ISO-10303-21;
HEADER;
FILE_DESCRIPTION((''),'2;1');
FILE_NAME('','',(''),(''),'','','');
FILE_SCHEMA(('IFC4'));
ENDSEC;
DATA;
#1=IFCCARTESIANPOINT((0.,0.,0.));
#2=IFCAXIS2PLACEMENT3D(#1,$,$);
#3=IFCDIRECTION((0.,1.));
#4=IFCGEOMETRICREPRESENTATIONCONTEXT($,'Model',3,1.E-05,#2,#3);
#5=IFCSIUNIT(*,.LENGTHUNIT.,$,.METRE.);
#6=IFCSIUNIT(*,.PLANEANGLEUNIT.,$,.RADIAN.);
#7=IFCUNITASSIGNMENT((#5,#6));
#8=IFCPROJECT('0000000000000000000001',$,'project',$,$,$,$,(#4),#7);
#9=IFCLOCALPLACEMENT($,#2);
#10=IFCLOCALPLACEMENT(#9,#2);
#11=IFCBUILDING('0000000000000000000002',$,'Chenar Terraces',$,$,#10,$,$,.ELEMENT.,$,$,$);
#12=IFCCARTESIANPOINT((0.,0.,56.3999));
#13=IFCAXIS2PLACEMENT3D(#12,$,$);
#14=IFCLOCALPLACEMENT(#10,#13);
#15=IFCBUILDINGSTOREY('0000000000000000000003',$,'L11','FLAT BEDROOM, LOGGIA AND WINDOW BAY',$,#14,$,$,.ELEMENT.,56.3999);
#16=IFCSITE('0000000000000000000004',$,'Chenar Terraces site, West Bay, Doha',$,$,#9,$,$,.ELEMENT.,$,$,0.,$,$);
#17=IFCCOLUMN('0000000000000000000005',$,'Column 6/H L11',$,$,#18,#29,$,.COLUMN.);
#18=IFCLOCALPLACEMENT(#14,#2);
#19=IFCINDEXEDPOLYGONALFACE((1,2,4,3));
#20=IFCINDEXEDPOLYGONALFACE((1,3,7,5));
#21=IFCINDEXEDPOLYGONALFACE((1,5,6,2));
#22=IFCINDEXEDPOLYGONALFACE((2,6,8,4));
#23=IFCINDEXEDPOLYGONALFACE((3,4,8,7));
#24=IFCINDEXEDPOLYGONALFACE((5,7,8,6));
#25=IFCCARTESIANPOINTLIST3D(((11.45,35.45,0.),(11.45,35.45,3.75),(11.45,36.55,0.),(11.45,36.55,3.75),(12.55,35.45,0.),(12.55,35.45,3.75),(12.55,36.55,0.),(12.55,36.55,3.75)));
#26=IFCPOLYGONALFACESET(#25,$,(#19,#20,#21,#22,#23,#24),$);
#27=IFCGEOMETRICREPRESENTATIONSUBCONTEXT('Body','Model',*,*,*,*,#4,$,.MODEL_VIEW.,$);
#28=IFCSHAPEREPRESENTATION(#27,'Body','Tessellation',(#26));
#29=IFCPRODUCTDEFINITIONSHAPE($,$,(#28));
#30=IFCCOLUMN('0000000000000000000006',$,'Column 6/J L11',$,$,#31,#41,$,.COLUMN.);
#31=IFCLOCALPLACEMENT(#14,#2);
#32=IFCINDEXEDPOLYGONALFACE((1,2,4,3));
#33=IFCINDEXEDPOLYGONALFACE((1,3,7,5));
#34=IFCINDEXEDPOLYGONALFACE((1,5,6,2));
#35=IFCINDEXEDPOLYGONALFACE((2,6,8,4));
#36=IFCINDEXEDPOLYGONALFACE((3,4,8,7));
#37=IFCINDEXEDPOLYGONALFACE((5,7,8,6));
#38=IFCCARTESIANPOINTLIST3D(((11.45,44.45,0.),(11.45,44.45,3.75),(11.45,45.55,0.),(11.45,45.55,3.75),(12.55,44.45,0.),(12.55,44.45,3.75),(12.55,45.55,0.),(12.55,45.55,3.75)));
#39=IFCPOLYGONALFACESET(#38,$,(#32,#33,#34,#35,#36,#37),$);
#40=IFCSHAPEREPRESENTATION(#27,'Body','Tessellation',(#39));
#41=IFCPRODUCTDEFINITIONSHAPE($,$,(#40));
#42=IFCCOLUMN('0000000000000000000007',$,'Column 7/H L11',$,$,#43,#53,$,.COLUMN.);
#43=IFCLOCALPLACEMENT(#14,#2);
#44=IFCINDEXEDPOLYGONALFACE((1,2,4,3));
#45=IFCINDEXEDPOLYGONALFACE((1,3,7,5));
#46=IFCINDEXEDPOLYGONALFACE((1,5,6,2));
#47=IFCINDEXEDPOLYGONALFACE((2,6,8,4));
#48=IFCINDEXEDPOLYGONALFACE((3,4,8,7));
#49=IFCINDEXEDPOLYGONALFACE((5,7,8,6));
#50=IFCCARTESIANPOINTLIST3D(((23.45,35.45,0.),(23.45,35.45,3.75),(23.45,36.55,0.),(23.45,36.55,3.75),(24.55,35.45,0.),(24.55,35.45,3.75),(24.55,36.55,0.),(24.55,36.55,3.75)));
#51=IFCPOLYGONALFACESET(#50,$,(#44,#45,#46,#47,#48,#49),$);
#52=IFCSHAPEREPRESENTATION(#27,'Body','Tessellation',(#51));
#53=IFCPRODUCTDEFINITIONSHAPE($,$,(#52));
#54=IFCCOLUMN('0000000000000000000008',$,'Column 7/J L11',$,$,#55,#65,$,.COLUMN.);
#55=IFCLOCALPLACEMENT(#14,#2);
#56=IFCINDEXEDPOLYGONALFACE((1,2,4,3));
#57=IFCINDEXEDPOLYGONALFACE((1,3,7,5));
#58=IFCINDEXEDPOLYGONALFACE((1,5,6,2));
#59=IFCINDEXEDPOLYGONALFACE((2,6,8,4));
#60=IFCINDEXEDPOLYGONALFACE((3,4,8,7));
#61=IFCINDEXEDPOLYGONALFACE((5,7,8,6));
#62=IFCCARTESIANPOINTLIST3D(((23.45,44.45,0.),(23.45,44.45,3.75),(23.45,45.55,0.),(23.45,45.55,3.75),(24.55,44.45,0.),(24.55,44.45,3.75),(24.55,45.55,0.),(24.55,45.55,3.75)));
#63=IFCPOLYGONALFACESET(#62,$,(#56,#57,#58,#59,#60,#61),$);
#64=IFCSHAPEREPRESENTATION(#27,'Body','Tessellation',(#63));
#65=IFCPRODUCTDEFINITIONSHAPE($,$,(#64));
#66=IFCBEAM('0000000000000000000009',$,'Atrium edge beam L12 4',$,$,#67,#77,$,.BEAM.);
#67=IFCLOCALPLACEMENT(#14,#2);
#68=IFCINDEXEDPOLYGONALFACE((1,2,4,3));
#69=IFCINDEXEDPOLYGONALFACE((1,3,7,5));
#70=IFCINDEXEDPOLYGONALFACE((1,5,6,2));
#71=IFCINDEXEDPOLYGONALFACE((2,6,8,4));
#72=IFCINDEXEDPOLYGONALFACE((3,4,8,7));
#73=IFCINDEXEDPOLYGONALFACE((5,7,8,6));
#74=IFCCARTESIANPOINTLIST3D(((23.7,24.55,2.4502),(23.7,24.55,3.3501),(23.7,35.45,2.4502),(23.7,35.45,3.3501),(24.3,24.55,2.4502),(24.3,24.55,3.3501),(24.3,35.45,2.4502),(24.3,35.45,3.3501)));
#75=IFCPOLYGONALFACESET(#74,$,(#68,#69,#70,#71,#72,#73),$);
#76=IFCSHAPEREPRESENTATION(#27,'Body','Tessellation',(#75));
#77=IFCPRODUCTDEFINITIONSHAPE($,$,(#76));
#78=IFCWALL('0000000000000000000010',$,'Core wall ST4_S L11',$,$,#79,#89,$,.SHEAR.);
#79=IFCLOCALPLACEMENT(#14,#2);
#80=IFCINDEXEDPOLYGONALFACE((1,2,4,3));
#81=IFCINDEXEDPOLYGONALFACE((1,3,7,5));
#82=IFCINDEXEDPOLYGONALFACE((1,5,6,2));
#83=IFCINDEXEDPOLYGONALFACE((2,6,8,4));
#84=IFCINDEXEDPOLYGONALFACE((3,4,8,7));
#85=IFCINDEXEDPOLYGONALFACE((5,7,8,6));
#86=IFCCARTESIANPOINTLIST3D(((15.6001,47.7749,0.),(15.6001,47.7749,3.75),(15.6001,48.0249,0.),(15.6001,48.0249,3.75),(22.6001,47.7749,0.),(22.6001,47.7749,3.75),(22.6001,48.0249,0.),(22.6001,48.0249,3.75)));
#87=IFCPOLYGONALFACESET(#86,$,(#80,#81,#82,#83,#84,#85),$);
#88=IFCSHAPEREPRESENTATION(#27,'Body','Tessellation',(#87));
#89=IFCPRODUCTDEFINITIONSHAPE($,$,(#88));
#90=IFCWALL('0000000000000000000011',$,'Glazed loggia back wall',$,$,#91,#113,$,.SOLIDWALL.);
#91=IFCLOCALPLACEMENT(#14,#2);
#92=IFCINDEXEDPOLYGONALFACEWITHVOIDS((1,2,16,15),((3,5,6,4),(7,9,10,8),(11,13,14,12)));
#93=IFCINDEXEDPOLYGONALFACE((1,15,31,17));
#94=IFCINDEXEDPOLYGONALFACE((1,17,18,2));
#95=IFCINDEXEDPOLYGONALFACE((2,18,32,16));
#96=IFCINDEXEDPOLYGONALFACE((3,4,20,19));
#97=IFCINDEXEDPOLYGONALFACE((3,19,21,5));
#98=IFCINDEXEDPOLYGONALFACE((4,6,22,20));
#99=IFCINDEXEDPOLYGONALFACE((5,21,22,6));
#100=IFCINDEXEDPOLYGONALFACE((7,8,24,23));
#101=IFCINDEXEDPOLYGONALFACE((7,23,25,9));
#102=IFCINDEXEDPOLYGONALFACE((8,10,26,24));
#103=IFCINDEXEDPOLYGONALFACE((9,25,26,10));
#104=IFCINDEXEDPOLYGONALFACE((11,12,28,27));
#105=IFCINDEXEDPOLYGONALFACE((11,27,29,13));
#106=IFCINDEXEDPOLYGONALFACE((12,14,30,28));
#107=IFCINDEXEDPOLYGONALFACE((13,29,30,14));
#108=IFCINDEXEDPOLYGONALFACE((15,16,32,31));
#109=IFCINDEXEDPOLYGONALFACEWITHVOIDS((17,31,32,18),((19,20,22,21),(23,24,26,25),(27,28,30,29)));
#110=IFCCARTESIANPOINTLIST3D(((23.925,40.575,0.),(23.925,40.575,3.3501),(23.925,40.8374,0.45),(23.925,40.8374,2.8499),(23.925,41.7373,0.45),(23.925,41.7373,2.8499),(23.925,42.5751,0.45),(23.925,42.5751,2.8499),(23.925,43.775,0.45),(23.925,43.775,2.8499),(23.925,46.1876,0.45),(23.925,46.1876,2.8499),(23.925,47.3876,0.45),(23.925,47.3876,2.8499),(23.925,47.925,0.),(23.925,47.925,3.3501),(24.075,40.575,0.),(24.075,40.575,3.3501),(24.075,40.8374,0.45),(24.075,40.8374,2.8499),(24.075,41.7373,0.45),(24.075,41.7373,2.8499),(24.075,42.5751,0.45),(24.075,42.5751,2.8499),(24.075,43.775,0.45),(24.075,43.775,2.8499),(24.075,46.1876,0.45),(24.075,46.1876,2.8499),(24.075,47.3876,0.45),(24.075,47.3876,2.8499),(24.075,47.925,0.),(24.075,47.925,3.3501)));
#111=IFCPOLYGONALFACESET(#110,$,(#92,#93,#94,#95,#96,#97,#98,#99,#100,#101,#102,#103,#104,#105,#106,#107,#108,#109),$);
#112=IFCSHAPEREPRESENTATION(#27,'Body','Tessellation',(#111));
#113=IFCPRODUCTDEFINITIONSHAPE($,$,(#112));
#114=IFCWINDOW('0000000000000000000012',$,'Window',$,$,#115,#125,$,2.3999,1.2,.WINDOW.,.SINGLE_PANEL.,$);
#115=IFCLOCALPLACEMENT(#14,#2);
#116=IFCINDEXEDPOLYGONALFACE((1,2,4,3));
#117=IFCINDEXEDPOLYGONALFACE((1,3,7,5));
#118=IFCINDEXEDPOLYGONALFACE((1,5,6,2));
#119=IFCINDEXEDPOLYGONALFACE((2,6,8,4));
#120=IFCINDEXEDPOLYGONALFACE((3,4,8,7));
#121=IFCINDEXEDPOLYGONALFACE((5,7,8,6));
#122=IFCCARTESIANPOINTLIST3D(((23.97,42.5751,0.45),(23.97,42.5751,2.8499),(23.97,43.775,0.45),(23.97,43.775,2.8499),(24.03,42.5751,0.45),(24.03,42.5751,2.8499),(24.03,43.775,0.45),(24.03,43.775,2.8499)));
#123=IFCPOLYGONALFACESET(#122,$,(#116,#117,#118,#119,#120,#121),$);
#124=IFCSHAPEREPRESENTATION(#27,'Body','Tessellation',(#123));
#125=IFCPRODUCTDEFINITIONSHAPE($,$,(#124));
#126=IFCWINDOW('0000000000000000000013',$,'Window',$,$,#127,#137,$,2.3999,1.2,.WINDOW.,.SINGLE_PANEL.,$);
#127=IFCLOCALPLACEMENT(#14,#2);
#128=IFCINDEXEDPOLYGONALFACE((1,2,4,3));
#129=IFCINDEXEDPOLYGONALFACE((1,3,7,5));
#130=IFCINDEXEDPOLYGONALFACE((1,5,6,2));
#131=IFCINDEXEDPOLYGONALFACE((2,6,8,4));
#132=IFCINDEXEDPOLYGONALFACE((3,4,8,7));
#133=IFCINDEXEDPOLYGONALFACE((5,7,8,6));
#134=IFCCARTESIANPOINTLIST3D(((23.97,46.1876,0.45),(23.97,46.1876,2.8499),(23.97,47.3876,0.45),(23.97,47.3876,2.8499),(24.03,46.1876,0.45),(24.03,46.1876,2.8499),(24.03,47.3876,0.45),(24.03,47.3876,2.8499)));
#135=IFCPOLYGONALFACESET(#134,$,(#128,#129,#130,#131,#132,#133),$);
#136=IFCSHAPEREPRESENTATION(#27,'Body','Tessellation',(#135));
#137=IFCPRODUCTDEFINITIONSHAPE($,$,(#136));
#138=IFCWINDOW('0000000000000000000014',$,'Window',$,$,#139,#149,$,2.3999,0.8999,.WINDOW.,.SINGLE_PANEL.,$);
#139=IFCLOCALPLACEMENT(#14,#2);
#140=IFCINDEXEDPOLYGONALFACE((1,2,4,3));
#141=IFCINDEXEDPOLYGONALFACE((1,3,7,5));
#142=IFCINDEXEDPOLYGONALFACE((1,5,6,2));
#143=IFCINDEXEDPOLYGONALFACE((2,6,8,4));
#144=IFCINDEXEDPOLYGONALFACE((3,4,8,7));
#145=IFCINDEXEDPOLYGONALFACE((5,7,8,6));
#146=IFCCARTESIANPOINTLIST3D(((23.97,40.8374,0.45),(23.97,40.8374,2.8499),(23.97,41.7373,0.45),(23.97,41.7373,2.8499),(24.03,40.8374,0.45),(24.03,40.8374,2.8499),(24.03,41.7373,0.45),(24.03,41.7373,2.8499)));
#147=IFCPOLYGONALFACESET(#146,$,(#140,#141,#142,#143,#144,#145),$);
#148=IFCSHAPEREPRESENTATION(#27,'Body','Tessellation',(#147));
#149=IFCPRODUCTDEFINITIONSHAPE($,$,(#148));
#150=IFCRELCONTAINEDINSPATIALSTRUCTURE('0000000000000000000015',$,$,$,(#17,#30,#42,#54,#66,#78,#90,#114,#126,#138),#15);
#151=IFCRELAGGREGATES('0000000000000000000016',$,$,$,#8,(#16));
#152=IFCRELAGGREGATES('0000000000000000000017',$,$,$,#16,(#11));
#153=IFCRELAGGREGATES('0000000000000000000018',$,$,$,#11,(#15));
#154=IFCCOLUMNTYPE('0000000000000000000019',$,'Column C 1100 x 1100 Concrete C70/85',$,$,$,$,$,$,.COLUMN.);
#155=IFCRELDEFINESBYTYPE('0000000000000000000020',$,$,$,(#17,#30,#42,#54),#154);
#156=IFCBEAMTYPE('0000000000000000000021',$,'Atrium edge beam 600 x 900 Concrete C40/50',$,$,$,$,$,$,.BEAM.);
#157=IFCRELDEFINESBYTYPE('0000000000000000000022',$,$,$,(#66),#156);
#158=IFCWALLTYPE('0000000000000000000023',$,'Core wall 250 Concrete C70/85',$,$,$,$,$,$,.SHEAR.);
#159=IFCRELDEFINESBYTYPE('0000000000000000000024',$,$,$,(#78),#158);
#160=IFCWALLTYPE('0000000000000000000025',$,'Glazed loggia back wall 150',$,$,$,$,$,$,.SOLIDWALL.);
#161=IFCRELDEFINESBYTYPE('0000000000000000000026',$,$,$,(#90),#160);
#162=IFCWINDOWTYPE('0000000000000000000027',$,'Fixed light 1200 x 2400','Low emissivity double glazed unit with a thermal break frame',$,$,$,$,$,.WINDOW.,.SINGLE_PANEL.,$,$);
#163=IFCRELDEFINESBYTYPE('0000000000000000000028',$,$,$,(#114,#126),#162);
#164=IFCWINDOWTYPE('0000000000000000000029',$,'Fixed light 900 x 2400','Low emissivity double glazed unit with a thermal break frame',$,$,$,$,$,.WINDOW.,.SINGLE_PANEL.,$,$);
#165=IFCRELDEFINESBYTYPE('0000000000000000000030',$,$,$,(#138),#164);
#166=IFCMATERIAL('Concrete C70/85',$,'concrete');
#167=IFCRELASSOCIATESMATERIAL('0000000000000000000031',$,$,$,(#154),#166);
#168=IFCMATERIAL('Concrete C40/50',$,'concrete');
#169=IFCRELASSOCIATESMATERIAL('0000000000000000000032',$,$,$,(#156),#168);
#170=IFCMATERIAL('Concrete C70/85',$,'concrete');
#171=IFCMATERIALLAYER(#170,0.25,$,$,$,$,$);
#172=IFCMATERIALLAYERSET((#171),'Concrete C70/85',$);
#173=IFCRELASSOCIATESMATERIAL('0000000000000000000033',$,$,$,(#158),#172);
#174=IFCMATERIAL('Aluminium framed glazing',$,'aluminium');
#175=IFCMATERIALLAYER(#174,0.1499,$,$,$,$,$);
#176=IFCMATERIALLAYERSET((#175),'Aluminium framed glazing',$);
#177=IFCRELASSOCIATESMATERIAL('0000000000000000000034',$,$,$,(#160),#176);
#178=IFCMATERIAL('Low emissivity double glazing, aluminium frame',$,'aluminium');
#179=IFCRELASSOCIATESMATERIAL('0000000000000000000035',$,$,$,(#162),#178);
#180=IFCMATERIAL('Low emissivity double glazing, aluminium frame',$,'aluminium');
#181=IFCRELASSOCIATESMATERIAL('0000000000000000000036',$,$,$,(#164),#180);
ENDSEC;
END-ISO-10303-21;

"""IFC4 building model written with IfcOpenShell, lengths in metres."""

from ifc_helpers import new_model, si_unit, direction, frame, frame_2d, origin, origin_2d, place, context, subcontext, project, spatial, rectangle, extrude, material, layer, layer_set, material_profile, profile_set, type_object, element, fill, save


model = new_model("IFC4")

# Units and contexts
model_context = context("Model", 3, precision=1e-05, world=origin(), true_north=direction((0.0, 1.0)))
body_context = subcontext(model_context, "Body", "Model", "MODEL_VIEW")
ifc_project = project(units=[si_unit("LENGTHUNIT", "METRE"), si_unit("PLANEANGLEUNIT", "RADIAN")], contexts=[model_context])

# Site, building, storey
site_placement = place(None, origin())
site = spatial("IfcSite", under=ifc_project, at=site_placement, Name="Chenar Terraces site, West Bay, Doha", CompositionType="ELEMENT", RefElevation=0.0)
building_placement = place(site_placement, origin())
building = spatial("IfcBuilding", under=site, at=building_placement, Name="Chenar Terraces", CompositionType="ELEMENT")
storey_placement = place(building_placement, frame((0.0, 0.0, 56.3999)))
storey = spatial("IfcBuildingStorey", under=building, at=storey_placement, Name="L11", Description="FLAT BEDROOM, LOGGIA AND WINDOW BAY", CompositionType="ELEMENT", Elevation=56.3999)

# Columns
ifc_material_1 = material(Name="Concrete C70/85", Category="concrete")
ifc_material_profile_1 = material_profile(ifc_material_1, rectangle(XDim=1.1001, YDim=1.1001, at=origin_2d()), Name="C 1100 x 1100")
ifc_profile_set_1 = profile_set([ifc_material_profile_1], Name="Concrete C70/85")
column_type = type_object("IfcColumnType", Name="Column C 1100 x 1100 Concrete C70/85", PredefinedType="COLUMN", material=ifc_profile_set_1)
for number, where, z_axis, x_axis, name in (
    (1, (12.0, 36.0, 0.0), (0.0, 0.0, 1.0), (1.0, 0.0, 0.0), "Column 6/H L11"),
    (2, (12.0, 45.0, 0.0), (0.0, 0.0, 1.0), (1.0, 0.0, 0.0), "Column 6/J L11"),
    (3, (24.0, 36.0, 0.0), (0.0, 0.0, 1.0), (1.0, 0.0, 0.0), "Column 7/H L11"),
    (4, (24.0, 45.0, 0.0), (0.0, 0.0, 1.0), (1.0, 0.0, 0.0), "Column 7/J L11"),
):
    element("IfcColumn", number, at=place(storey_placement, frame(where, z_axis=z_axis, x_axis=x_axis)), inside=storey, type_object=column_type, Name=name, PredefinedType="COLUMN", context=body_context, shape_type="SweptSolid", body=[
        extrude(rectangle(XDim=1.1001, YDim=1.1001, at=origin_2d()), origin(), (0.0, 0.0, 1.0), 3.75),
    ])

# Beam
ifc_material_2 = material(Name="Concrete C40/50", Category="concrete")
ifc_material_profile_2 = material_profile(ifc_material_2, rectangle(XDim=0.6001, YDim=0.8999, at=origin_2d()), Name="RC 600 x 900")
ifc_profile_set_2 = profile_set([ifc_material_profile_2], Name="Concrete C40/50")
beam_type = type_object("IfcBeamType", Name="Atrium edge beam 600 x 900 Concrete C40/50", PredefinedType="BEAM", material=ifc_profile_set_2)
beam_placement = place(storey_placement, frame((24.0, 35.45, 2.9001), z_axis=(0.0, -1.0, 0.0), x_axis=(1.0, 0.0, 0.0)))
element("IfcBeam", 5, at=beam_placement, inside=storey, type_object=beam_type, Name="Atrium edge beam L12 4", PredefinedType="BEAM", context=body_context, shape_type="SweptSolid", body=[
    extrude(rectangle(XDim=0.6001, YDim=0.8999, at=origin_2d()), origin(), (0.0, 0.0, 1.0), 10.8999),
])

# Wall
ifc_material_3 = material(Name="Concrete C70/85", Category="concrete")
ifc_layer_1 = layer(ifc_material_3, 0.25)
ifc_layer_set_1 = layer_set([ifc_layer_1], Name="Concrete C70/85")
wall_type_1 = type_object("IfcWallType", Name="Core wall 250 Concrete C70/85", PredefinedType="SHEAR", material=ifc_layer_set_1)
wall_1_placement = place(storey_placement, frame((15.6001, 47.8999, 0.0), z_axis=(0.0, 0.0, 1.0), x_axis=(1.0, 0.0, 0.0)))
element("IfcWall", 6, at=wall_1_placement, inside=storey, type_object=wall_type_1, Name="Core wall ST4_S L11", PredefinedType="SHEAR", context=body_context, shape_type="SweptSolid", body=[
    extrude(rectangle(XDim=7.0, YDim=0.25, at=frame_2d((3.5, 0.0))), origin(), (0.0, 0.0, 1.0), 3.75),
])

# Wall, openings, windows
ifc_material_4 = material(Name="Aluminium framed glazing", Category="aluminium")
ifc_layer_2 = layer(ifc_material_4, 0.1499)
ifc_layer_set_2 = layer_set([ifc_layer_2], Name="Aluminium framed glazing")
wall_type_2 = type_object("IfcWallType", Name="Glazed loggia back wall 150", PredefinedType="SOLIDWALL", material=ifc_layer_set_2)
wall_2_placement = place(storey_placement, frame((24.0, 40.575, 0.0), z_axis=(0.0, 0.0, 1.0), x_axis=(0.0, 1.0, 0.0)))
wall_2 = element("IfcWall", 7, at=wall_2_placement, inside=storey, type_object=wall_type_2, Name="Glazed loggia back wall", PredefinedType="SOLIDWALL", context=body_context, shape_type="SweptSolid", body=[
    extrude(rectangle(XDim=7.3501, YDim=0.1499, at=frame_2d((3.675, 0.0))), origin(), (0.0, 0.0, 1.0), 3.3501),
])
opening_1_placement = place(wall_2_placement, frame((0.2625, 0.0, 0.45)))
opening_1 = element("IfcOpeningElement", 8, at=opening_1_placement, cuts=wall_2, PredefinedType="OPENING", context=body_context, shape_type="SweptSolid", body=[
    extrude(rectangle(XDim=0.8999, YDim=2.3999, at=frame_2d((0.45, 1.2))), frame((0.0, 0.085, 0.0), z_axis=(0.0, -1.0, 0.0), x_axis=(1.0, 0.0, 0.0)), (0.0, 0.0, 1.0), 0.1699),
])
opening_2_placement = place(wall_2_placement, frame((2.0, 0.0, 0.45)))
opening_2 = element("IfcOpeningElement", 9, at=opening_2_placement, cuts=wall_2, PredefinedType="OPENING", context=body_context, shape_type="SweptSolid", body=[
    extrude(rectangle(XDim=1.2, YDim=2.3999, at=frame_2d((0.6001, 1.2))), frame((0.0, 0.085, 0.0), z_axis=(0.0, -1.0, 0.0), x_axis=(1.0, 0.0, 0.0)), (0.0, 0.0, 1.0), 0.1699),
])
opening_3_placement = place(wall_2_placement, frame((5.6125, 0.0, 0.45)))
opening_3 = element("IfcOpeningElement", 10, at=opening_3_placement, cuts=wall_2, PredefinedType="OPENING", context=body_context, shape_type="SweptSolid", body=[
    extrude(rectangle(XDim=1.2, YDim=2.3999, at=frame_2d((0.6001, 1.2))), frame((0.0, 0.085, 0.0), z_axis=(0.0, -1.0, 0.0), x_axis=(1.0, 0.0, 0.0)), (0.0, 0.0, 1.0), 0.1699),
])
ifc_material_5 = material(Name="Low emissivity double glazing, aluminium frame", Category="aluminium")
window_type_1 = type_object("IfcWindowType", Name="Fixed light 1200 x 2400", Description="Low emissivity double glazed unit with a thermal break frame", PartitioningType="SINGLE_PANEL", PredefinedType="WINDOW", material=ifc_material_5)
window_1_placement = place(opening_2_placement, origin())
window_1 = element("IfcWindow", 11, at=window_1_placement, inside=storey, type_object=window_type_1, Name="Window", OverallHeight=2.3999, OverallWidth=1.2, PartitioningType="SINGLE_PANEL", PredefinedType="WINDOW", context=body_context, shape_type="SweptSolid", body=[
    extrude(rectangle(XDim=1.2, YDim=2.3999, at=frame_2d((0.6001, 1.2))), frame((0.0, 0.03, 0.0), z_axis=(0.0, -1.0, 0.0), x_axis=(1.0, 0.0, 0.0)), (0.0, 0.0, 1.0), 0.0601),
])
fill(opening_2, window_1)
window_2_placement = place(opening_3_placement, origin())
window_2 = element("IfcWindow", 12, at=window_2_placement, inside=storey, type_object=window_type_1, Name="Window", OverallHeight=2.3999, OverallWidth=1.2, PartitioningType="SINGLE_PANEL", PredefinedType="WINDOW", context=body_context, shape_type="SweptSolid", body=[
    extrude(rectangle(XDim=1.2, YDim=2.3999, at=frame_2d((0.6001, 1.2))), frame((0.0, 0.03, 0.0), z_axis=(0.0, -1.0, 0.0), x_axis=(1.0, 0.0, 0.0)), (0.0, 0.0, 1.0), 0.0601),
])
fill(opening_3, window_2)
ifc_material_6 = material(Name="Low emissivity double glazing, aluminium frame", Category="aluminium")
window_type_2 = type_object("IfcWindowType", Name="Fixed light 900 x 2400", Description="Low emissivity double glazed unit with a thermal break frame", PartitioningType="SINGLE_PANEL", PredefinedType="WINDOW", material=ifc_material_6)
window_3_placement = place(opening_1_placement, origin())
window_3 = element("IfcWindow", 13, at=window_3_placement, inside=storey, type_object=window_type_2, Name="Window", OverallHeight=2.3999, OverallWidth=0.8999, PartitioningType="SINGLE_PANEL", PredefinedType="WINDOW", context=body_context, shape_type="SweptSolid", body=[
    extrude(rectangle(XDim=0.8999, YDim=2.3999, at=frame_2d((0.45, 1.2))), frame((0.0, 0.03, 0.0), z_axis=(0.0, -1.0, 0.0), x_axis=(1.0, 0.0, 0.0)), (0.0, 0.0, 1.0), 0.0601),
])
fill(opening_1, window_3)

save(model, "model.ifc")
